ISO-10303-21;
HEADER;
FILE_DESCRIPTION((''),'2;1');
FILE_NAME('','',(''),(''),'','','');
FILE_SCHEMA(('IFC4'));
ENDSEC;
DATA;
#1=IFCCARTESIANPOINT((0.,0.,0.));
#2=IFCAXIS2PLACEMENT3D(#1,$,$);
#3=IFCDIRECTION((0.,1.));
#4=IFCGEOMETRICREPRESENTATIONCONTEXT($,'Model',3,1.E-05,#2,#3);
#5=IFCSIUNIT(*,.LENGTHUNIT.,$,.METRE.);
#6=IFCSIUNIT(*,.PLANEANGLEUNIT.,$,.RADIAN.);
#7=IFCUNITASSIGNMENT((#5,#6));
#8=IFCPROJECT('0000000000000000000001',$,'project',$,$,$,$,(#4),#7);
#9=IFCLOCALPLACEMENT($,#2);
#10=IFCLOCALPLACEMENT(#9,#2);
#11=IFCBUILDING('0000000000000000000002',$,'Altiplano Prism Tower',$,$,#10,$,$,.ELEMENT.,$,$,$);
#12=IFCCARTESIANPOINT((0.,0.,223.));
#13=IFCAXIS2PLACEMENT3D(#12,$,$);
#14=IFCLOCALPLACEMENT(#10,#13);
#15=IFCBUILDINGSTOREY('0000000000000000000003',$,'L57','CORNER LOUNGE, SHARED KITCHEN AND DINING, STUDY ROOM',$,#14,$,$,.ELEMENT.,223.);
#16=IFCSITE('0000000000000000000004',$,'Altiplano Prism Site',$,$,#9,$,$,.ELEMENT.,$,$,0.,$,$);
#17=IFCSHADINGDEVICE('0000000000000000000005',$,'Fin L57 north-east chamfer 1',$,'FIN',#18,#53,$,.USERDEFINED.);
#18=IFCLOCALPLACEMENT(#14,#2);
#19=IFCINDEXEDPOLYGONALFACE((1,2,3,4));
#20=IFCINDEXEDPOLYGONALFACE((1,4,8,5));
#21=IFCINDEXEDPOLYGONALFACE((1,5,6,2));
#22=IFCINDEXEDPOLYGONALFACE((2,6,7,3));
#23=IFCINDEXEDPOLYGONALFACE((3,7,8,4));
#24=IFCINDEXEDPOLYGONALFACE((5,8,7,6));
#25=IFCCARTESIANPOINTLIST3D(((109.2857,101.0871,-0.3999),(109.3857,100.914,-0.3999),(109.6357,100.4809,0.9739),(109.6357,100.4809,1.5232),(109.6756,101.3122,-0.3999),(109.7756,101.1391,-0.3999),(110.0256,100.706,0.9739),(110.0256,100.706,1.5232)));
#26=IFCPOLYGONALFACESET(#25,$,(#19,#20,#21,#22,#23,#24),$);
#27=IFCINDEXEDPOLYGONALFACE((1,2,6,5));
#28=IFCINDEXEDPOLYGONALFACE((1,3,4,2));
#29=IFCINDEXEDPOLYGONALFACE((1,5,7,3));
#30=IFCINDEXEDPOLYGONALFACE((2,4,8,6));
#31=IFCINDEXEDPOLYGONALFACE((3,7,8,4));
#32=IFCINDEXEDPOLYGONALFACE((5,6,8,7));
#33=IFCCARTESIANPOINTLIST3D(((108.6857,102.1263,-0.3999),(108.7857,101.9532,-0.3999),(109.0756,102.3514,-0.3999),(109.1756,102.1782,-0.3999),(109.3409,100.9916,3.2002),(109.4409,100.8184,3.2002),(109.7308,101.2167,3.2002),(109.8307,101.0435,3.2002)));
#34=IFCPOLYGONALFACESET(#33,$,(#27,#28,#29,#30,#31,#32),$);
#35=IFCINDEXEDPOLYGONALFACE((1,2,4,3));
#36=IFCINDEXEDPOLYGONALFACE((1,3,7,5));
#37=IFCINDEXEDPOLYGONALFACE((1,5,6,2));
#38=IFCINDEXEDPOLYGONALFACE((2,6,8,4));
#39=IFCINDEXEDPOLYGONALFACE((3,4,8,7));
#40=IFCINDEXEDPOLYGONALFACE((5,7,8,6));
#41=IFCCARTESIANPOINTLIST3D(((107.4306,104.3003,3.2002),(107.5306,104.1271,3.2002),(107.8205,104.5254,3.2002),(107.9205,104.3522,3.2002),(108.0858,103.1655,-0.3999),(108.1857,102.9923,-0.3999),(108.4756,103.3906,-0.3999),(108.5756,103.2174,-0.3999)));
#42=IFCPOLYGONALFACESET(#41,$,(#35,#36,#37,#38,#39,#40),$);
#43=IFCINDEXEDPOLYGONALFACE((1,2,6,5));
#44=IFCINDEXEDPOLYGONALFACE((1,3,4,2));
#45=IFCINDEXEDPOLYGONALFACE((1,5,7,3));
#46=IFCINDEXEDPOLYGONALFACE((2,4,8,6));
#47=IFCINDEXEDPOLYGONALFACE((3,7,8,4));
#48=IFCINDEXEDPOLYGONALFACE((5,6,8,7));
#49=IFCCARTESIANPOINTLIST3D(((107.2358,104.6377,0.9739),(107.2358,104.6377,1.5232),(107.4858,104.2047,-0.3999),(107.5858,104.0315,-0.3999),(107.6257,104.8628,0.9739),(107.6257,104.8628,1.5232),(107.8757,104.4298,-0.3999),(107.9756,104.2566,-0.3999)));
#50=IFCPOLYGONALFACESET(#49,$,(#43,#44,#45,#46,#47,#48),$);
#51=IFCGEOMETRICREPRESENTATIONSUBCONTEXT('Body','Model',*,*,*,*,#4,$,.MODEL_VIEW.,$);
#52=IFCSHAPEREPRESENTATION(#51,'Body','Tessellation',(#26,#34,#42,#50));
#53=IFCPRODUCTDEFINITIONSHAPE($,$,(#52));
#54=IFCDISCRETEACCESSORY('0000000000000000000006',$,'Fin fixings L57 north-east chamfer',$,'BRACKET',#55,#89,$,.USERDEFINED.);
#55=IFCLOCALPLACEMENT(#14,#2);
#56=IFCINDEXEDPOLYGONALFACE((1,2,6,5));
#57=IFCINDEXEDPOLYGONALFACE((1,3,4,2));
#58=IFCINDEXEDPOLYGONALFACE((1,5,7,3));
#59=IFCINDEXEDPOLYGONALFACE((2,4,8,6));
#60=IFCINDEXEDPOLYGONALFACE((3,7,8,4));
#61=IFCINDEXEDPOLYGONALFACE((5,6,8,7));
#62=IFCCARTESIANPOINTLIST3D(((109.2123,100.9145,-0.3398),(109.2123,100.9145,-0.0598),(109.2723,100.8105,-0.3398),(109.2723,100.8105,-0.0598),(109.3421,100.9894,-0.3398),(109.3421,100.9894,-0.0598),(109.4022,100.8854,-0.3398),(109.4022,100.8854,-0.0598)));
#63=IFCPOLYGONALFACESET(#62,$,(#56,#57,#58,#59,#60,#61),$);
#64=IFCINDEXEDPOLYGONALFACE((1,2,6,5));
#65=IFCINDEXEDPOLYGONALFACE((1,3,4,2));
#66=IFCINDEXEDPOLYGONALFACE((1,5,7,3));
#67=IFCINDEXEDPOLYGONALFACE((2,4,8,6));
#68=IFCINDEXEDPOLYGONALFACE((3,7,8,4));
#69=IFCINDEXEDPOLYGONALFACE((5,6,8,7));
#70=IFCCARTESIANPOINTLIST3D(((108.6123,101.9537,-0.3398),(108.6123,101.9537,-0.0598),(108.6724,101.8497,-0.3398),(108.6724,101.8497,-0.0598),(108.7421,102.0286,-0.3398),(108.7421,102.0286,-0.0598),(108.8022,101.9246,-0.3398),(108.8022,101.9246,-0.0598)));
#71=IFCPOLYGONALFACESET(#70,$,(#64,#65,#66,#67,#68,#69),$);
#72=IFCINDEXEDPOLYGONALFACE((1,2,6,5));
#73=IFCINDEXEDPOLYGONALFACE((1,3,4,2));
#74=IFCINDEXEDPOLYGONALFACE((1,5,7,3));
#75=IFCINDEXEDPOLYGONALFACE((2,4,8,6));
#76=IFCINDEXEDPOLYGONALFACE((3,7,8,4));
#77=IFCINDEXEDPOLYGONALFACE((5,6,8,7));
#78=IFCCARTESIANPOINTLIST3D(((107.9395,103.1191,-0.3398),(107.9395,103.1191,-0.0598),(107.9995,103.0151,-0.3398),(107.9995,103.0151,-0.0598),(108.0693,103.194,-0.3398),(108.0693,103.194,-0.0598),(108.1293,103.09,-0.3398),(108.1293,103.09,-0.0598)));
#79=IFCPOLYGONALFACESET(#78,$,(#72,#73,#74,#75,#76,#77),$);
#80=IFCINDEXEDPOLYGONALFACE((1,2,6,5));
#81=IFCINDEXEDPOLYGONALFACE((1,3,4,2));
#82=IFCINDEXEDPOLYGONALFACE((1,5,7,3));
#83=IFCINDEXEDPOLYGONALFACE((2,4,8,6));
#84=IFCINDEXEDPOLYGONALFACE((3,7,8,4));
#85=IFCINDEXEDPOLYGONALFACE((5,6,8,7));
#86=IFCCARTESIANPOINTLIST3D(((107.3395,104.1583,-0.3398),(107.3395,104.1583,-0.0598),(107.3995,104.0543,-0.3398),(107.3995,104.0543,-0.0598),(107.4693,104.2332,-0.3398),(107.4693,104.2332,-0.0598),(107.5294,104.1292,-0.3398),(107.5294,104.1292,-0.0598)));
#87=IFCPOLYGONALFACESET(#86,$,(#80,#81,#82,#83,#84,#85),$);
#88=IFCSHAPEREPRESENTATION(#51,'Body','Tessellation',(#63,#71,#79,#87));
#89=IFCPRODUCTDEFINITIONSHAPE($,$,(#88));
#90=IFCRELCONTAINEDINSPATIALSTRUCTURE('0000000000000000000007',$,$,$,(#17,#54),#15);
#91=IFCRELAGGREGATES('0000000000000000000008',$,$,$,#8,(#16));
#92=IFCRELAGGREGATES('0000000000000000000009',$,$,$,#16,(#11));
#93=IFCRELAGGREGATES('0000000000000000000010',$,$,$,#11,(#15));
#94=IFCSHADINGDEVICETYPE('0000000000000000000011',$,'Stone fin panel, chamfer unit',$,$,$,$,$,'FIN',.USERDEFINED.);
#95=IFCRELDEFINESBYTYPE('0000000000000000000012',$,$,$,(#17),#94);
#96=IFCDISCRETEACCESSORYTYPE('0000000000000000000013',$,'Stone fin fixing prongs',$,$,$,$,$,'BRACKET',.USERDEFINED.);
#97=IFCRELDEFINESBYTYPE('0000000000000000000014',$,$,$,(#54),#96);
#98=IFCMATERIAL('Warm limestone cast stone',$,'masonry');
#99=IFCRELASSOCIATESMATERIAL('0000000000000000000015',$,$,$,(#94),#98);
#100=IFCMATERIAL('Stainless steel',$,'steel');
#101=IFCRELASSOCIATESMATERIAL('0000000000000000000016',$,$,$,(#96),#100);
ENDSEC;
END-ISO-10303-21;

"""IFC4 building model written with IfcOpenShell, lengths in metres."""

from ifc_helpers import new_model, si_unit, direction, frame, origin, place, context, subcontext, project, spatial, polyline, outline, extrude, source, transform, mapped, material, type_object, element, save


model = new_model("IFC4")

# Units and contexts
model_context = context("Model", 3, precision=1e-05, world=origin(), true_north=direction((0.0, 1.0)))
body_context = subcontext(model_context, "Body", "Model", "MODEL_VIEW")
ifc_project = project(units=[si_unit("LENGTHUNIT", "METRE"), si_unit("PLANEANGLEUNIT", "RADIAN")], contexts=[model_context])

# Site, building, storey
site_placement = place(None, origin())
site = spatial("IfcSite", under=ifc_project, at=site_placement, Name="Altiplano Prism Site", CompositionType="ELEMENT", RefElevation=0.0)
building_placement = place(site_placement, origin())
building = spatial("IfcBuilding", under=site, at=building_placement, Name="Altiplano Prism Tower", CompositionType="ELEMENT")
storey_placement = place(building_placement, frame((0.0, 0.0, 223.0)))
storey = spatial("IfcBuildingStorey", under=building, at=storey_placement, Name="L57", Description="CORNER LOUNGE, SHARED KITCHEN AND DINING, STUDY ROOM", CompositionType="ELEMENT", Elevation=223.0)

# Shading device
ifc_material_1 = material(Name="Warm limestone cast stone", Category="masonry")
shading_device_type_1 = type_object("IfcShadingDeviceType", Name="Stone fin panel, chamfer unit", ElementType="FIN", PredefinedType="USERDEFINED", material=ifc_material_1)
shared_shape_1 = source(origin(), body_context, "Body", "SweptSolid", [
    extrude(outline(polyline([(-2.3999, 1.9231), (-2.3999, 1.3738), (-1.8999, 0.0), (-1.7, 0.0), (-2.3999, 1.9231)])), frame((0.0, -0.1499, 0.0), z_axis=(0.0, -1.0, 0.0), x_axis=(1.0, 0.0, 0.0)), (0.0, 0.0, 1.0), 0.4502),
    extrude(outline(polyline([(-2.0103, 3.6001), (-0.7, 0.0), (-0.5, 0.0), (-1.8103, 3.6001), (-2.0103, 3.6001)])), frame((0.0, -0.1499, 0.0), z_axis=(0.0, -1.0, 0.0), x_axis=(1.0, 0.0, 0.0)), (0.0, 0.0, 1.0), 0.4502),
    extrude(outline(polyline([(1.8103, 3.6001), (0.5, 0.0), (0.7, 0.0), (2.0103, 3.6001), (1.8103, 3.6001)])), frame((0.0, -0.1499, 0.0), z_axis=(0.0, -1.0, 0.0), x_axis=(1.0, 0.0, 0.0)), (0.0, 0.0, 1.0), 0.4502),
    extrude(outline(polyline([(2.3999, 1.3738), (2.3999, 1.9231), (1.7, 0.0), (1.8999, 0.0), (2.3999, 1.3738)])), frame((0.0, -0.1499, 0.0), z_axis=(0.0, -1.0, 0.0), x_axis=(1.0, 0.0, 0.0)), (0.0, 0.0, 1.0), 0.4502),
])
shading_device_1_placement = place(storey_placement, origin())
element("IfcShadingDevice", 1, at=shading_device_1_placement, inside=storey, type_object=shading_device_type_1, Name="Fin L57 north-east chamfer 1", ObjectType="FIN", PredefinedType="USERDEFINED", context=body_context, shape_type="MappedRepresentation", body=[
    mapped(shared_shape_1, transform((108.3059, 102.4844, -0.3999), x_axis=(-0.5, 0.866025, 0.0), y_axis=(-0.866025, -0.5, 0.0), z_axis=(0.0, 0.0, 1.0))),
])

# Discrete accessory
ifc_material_2 = material(Name="Stainless steel", Category="steel")
discrete_accessory_type = type_object("IfcDiscreteAccessoryType", Name="Stone fin fixing prongs", ElementType="BRACKET", PredefinedType="USERDEFINED", material=ifc_material_2)
shared_shape_2 = source(origin(), body_context, "Body", "SweptSolid", [
    extrude(outline(polyline([(-1.9329, 0.0601), (-1.8127, 0.0601), (-1.8127, 0.3401), (-1.9329, 0.3401), (-1.9329, 0.0601)])), frame((0.0, 0.0, 0.0), z_axis=(0.0, -1.0, 0.0), x_axis=(1.0, 0.0, 0.0)), (0.0, 0.0, 1.0), 0.1499),
    extrude(outline(polyline([(-0.7329, 0.0601), (-0.6128, 0.0601), (-0.6128, 0.3401), (-0.7329, 0.3401), (-0.7329, 0.0601)])), frame((0.0, 0.0, 0.0), z_axis=(0.0, -1.0, 0.0), x_axis=(1.0, 0.0, 0.0)), (0.0, 0.0, 1.0), 0.1499),
    extrude(outline(polyline([(0.6128, 0.0601), (0.7329, 0.0601), (0.7329, 0.3401), (0.6128, 0.3401), (0.6128, 0.0601)])), frame((0.0, 0.0, 0.0), z_axis=(0.0, -1.0, 0.0), x_axis=(1.0, 0.0, 0.0)), (0.0, 0.0, 1.0), 0.1499),
    extrude(outline(polyline([(1.8127, 0.0601), (1.9329, 0.0601), (1.9329, 0.3401), (1.8127, 0.3401), (1.8127, 0.0601)])), frame((0.0, 0.0, 0.0), z_axis=(0.0, -1.0, 0.0), x_axis=(1.0, 0.0, 0.0)), (0.0, 0.0, 1.0), 0.1499),
])
discrete_accessory_1_placement = place(storey_placement, origin())
element("IfcDiscreteAccessory", 2, at=discrete_accessory_1_placement, inside=storey, type_object=discrete_accessory_type, Name="Fin fixings L57 north-east chamfer", ObjectType="BRACKET", PredefinedType="USERDEFINED", context=body_context, shape_type="MappedRepresentation", body=[
    mapped(shared_shape_2, transform((108.3059, 102.4844, -0.3999), x_axis=(-0.5, 0.866025, 0.0), y_axis=(-0.866025, -0.5, 0.0), z_axis=(0.0, 0.0, 1.0))),
])

save(model, "model.ifc")
